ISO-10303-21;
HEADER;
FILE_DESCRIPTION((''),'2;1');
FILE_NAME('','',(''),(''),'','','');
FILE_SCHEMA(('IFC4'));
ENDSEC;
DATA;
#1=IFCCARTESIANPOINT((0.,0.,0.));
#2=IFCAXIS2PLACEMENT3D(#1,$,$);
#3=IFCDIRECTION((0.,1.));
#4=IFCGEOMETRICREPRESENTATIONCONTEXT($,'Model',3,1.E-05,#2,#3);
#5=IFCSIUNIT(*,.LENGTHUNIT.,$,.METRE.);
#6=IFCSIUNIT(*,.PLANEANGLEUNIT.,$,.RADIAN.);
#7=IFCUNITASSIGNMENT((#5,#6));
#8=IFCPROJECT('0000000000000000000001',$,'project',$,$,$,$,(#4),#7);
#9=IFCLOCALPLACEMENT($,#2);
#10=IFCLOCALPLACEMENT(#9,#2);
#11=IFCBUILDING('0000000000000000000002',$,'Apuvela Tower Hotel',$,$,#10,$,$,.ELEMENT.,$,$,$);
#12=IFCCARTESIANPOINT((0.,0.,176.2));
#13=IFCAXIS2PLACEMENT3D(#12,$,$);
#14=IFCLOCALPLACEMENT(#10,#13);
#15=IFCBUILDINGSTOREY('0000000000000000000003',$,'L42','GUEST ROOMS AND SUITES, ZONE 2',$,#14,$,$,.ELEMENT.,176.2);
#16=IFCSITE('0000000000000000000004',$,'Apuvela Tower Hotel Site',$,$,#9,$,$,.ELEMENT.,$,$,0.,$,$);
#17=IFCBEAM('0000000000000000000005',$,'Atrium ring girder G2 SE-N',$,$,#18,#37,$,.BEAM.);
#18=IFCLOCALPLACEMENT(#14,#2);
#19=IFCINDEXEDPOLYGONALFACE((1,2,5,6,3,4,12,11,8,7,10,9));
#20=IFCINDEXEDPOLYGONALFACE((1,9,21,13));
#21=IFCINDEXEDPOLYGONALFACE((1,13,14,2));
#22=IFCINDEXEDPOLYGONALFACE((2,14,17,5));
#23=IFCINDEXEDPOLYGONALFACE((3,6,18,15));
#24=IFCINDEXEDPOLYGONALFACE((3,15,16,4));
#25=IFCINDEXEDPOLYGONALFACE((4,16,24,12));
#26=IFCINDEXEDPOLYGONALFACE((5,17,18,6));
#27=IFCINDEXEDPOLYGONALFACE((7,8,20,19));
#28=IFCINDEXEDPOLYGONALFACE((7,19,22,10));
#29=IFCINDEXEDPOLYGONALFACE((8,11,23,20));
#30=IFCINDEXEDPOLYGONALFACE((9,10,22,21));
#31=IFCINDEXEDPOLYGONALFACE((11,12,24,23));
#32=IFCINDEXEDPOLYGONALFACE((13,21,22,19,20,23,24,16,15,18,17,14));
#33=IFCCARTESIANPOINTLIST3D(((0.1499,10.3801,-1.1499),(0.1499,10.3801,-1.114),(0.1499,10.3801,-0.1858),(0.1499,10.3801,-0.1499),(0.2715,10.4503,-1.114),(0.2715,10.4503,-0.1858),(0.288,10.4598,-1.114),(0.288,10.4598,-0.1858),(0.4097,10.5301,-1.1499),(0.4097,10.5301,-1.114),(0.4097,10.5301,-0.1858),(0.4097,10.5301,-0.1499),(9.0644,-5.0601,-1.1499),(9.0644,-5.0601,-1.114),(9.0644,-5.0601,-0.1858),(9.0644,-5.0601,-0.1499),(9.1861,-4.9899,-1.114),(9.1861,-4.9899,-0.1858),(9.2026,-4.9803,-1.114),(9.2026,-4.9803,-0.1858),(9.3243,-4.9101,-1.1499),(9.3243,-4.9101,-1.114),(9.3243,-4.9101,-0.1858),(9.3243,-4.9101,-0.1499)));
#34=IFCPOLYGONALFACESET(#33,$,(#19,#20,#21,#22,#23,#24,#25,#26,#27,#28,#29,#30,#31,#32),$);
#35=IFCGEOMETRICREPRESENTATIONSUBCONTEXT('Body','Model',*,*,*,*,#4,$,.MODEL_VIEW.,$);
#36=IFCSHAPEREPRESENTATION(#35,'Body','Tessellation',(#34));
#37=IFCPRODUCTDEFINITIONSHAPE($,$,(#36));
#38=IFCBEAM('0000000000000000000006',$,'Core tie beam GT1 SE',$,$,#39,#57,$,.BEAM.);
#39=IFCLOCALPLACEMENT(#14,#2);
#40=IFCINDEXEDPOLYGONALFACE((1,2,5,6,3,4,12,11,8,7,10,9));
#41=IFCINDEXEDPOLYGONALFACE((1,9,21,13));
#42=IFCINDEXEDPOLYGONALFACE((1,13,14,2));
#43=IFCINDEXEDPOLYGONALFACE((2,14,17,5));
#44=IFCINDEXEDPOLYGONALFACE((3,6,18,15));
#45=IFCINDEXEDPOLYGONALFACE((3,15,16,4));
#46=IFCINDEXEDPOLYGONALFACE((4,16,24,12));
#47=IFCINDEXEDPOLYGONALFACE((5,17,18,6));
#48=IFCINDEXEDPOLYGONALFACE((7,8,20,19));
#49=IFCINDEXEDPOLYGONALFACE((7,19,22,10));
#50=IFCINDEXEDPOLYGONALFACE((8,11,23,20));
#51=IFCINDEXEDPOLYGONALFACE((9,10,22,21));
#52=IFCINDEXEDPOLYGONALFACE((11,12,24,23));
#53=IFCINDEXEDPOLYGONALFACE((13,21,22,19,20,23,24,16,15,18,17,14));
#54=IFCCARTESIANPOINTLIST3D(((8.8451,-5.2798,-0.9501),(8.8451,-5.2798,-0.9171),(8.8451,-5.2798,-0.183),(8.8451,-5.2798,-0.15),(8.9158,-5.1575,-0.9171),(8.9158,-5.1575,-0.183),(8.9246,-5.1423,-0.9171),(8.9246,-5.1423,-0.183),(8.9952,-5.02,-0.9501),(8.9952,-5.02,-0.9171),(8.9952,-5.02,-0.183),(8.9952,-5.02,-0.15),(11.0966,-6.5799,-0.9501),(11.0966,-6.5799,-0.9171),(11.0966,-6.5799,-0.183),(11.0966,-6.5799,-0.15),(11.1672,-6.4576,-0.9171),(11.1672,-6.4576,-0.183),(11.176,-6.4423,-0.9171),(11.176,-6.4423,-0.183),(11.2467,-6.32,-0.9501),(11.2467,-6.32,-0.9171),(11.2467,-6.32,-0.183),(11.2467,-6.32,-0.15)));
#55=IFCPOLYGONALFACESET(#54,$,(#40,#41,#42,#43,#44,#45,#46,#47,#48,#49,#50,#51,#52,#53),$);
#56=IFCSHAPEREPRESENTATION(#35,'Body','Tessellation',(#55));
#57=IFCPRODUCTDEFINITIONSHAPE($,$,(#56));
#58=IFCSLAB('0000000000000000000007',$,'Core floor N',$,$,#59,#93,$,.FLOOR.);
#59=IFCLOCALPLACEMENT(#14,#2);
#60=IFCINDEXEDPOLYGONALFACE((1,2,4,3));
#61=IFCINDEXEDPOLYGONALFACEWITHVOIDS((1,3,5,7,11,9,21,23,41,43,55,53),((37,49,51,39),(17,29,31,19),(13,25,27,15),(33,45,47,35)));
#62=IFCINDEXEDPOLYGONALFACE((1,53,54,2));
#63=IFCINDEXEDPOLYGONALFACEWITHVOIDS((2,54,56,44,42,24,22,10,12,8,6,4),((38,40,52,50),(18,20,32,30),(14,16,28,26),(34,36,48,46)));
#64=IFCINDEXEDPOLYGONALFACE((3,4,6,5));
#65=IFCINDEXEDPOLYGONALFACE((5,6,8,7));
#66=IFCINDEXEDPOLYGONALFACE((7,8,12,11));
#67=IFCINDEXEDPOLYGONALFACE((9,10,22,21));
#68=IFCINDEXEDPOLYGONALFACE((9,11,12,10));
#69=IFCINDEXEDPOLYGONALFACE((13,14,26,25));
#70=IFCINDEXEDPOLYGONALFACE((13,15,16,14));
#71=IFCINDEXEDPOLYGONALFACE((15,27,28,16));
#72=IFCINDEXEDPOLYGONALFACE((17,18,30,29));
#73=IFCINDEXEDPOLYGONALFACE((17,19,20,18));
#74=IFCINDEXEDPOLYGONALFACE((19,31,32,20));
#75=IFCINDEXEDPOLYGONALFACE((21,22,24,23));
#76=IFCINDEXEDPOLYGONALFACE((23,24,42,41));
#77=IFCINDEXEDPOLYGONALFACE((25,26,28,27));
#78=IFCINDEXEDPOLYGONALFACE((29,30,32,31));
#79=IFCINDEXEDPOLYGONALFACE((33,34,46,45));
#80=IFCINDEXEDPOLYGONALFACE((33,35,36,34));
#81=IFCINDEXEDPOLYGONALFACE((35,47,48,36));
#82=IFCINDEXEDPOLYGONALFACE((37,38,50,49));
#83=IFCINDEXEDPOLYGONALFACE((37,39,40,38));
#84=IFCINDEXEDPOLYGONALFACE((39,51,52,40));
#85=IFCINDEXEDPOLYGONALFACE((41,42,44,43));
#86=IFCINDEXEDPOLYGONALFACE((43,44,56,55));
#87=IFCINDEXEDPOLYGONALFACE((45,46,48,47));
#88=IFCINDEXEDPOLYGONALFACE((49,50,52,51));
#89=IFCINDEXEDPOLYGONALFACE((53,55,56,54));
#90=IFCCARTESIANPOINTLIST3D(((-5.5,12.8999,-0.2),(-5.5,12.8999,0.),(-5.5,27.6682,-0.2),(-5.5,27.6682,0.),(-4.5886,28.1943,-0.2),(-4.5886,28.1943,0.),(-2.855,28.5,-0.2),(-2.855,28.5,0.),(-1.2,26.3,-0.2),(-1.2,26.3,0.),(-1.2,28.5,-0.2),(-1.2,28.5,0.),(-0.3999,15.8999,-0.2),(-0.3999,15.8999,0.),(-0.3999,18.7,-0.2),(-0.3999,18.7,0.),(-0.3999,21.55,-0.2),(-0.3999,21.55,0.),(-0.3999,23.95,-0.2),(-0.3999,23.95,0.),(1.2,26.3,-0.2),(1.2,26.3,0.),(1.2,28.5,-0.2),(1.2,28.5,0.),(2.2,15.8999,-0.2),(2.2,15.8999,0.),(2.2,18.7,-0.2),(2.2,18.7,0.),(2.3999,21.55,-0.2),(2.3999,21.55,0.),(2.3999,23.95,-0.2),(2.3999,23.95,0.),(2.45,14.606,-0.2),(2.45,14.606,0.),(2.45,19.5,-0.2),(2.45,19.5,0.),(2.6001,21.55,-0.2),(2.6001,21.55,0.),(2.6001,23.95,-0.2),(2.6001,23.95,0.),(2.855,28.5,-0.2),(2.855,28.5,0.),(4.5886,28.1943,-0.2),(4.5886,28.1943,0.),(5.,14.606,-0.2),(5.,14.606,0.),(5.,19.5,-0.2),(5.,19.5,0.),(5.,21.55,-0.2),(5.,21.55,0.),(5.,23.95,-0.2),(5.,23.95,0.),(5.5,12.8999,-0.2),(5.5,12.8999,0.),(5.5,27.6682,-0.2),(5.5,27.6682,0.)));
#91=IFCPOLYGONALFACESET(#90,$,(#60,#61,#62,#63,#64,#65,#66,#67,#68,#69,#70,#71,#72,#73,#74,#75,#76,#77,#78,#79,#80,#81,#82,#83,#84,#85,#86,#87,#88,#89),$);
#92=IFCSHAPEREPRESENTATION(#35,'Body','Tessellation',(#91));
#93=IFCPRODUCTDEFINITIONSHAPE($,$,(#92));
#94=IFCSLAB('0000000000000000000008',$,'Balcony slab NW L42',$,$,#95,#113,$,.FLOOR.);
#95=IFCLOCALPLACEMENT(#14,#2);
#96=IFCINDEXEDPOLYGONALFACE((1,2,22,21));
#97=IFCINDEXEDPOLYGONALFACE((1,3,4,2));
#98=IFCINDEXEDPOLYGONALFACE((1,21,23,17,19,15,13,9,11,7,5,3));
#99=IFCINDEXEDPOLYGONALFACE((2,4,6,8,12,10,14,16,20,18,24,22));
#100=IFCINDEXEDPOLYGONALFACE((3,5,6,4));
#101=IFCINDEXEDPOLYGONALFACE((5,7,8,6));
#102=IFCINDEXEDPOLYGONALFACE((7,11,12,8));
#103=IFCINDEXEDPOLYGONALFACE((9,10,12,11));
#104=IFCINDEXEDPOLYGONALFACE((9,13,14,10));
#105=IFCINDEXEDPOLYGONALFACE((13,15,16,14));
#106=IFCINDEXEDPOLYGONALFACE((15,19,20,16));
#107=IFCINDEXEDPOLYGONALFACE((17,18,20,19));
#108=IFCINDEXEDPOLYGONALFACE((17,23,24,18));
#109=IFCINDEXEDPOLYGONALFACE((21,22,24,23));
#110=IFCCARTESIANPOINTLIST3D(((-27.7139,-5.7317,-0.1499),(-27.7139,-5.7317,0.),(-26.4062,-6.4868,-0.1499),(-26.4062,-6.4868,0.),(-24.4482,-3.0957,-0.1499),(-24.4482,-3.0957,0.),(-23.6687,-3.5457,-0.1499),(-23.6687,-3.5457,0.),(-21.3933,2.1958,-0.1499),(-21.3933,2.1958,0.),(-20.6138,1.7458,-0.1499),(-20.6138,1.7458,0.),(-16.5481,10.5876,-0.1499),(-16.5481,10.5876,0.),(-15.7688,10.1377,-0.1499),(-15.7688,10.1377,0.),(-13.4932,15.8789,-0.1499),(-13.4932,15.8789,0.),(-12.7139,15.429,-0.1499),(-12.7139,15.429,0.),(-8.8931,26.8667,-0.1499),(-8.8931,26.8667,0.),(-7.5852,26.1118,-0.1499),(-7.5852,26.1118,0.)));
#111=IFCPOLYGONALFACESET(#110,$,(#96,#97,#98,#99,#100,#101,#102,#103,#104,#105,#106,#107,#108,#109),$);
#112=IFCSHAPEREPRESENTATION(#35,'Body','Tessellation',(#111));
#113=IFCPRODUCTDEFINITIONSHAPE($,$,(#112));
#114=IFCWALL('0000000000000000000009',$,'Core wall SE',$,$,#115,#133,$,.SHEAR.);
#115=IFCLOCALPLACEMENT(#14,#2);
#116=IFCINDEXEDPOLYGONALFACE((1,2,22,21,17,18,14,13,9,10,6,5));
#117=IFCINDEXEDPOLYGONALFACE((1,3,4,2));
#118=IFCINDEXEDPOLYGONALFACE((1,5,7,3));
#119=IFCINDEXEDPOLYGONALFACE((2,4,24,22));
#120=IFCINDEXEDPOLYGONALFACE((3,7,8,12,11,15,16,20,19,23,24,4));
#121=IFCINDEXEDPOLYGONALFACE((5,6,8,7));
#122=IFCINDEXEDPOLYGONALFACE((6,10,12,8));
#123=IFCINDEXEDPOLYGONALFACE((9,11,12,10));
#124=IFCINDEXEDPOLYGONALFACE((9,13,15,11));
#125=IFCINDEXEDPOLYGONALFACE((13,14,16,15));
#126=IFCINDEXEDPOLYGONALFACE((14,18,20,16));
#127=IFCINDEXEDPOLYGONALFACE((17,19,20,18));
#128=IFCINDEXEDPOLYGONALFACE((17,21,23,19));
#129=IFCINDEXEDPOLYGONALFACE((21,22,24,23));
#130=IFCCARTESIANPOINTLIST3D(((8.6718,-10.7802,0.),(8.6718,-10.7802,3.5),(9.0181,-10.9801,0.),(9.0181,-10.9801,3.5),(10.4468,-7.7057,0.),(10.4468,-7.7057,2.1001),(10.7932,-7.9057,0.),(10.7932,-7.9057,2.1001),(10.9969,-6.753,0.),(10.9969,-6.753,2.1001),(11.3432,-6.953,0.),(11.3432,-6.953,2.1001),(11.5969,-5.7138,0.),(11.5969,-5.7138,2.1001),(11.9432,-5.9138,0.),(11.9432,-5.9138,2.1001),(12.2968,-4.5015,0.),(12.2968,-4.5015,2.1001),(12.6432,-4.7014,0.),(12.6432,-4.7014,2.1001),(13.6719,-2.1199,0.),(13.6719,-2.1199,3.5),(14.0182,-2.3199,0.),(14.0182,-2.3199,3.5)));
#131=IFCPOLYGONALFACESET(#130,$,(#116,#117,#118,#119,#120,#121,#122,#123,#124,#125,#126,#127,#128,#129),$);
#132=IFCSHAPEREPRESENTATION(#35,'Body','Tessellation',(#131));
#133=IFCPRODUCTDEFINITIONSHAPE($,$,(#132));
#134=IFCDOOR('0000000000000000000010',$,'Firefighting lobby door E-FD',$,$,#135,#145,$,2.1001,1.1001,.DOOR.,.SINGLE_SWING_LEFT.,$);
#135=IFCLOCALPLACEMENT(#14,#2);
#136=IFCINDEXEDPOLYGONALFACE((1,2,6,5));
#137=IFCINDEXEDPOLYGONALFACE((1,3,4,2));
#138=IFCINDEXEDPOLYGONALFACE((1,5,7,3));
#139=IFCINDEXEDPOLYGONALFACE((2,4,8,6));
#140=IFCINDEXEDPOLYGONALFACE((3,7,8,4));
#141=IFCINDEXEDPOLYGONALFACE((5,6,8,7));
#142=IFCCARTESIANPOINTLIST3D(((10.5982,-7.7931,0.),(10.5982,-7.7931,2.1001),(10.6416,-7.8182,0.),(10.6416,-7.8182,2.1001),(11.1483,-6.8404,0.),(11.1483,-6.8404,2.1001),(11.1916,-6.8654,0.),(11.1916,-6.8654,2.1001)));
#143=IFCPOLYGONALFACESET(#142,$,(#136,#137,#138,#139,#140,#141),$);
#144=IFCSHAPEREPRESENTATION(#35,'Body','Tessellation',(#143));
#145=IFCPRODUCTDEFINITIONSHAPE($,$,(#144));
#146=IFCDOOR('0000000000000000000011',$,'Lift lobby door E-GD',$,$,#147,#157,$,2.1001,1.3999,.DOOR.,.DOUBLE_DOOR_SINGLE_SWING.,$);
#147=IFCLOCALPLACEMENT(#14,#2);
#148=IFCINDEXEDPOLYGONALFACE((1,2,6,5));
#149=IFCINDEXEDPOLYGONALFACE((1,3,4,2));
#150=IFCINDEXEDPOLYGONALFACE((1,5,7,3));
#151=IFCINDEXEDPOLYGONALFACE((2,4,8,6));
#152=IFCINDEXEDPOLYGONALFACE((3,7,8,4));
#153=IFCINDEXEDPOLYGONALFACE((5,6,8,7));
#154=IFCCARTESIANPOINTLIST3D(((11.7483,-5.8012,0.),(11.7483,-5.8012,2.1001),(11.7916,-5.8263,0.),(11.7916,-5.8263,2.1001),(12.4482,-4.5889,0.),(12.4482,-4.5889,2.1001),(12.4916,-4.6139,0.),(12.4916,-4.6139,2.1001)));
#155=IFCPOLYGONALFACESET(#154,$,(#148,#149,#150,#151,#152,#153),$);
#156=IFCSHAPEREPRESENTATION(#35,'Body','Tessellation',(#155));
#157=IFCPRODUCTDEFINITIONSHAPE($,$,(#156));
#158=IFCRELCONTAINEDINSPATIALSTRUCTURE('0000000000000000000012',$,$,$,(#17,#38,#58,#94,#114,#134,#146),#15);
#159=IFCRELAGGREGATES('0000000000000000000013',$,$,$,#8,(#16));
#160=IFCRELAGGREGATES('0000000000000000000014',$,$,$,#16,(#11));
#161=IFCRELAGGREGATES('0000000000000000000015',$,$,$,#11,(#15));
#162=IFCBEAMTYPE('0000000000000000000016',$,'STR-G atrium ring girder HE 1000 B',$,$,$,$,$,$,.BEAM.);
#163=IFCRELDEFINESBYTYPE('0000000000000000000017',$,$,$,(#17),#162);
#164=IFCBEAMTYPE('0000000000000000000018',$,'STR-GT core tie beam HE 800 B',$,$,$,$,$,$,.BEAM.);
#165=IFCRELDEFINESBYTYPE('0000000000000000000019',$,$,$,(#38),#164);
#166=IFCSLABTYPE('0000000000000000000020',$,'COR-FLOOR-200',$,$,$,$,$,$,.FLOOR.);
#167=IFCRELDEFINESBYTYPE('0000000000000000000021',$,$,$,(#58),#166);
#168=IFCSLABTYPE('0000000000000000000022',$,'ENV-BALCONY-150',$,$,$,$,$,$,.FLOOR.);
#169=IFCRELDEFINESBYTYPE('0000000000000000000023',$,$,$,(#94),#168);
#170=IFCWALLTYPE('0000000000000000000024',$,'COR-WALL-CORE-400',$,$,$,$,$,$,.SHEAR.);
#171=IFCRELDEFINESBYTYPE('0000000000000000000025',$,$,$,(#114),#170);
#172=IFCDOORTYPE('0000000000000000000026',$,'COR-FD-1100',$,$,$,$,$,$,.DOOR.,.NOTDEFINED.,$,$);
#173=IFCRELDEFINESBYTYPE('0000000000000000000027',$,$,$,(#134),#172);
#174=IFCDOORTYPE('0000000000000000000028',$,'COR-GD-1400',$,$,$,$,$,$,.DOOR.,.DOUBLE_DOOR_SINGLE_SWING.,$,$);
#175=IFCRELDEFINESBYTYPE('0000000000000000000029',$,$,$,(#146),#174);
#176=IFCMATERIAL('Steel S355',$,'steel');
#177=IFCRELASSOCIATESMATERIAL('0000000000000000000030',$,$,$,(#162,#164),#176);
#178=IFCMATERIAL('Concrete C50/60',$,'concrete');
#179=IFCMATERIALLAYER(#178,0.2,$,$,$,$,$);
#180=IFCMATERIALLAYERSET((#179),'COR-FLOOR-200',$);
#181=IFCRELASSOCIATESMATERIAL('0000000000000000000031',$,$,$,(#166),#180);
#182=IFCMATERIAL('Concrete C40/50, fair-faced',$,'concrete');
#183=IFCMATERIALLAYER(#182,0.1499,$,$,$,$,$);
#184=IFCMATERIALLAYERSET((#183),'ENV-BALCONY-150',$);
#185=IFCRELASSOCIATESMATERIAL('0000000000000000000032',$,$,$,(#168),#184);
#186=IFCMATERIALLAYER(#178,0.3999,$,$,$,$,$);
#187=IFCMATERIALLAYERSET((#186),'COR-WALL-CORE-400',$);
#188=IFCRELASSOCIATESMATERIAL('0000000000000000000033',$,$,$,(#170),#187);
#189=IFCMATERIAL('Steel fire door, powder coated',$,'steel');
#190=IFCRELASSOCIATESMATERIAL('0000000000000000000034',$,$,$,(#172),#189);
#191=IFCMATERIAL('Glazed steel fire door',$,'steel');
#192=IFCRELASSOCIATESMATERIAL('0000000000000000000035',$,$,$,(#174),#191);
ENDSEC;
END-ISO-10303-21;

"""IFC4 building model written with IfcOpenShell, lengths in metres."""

from ifc_helpers import new_model, si_unit, direction, frame, frame_2d, origin, origin_2d, place, context, subcontext, project, spatial, polyline, rectangle, i_section, outline, extrude, material, layer, layer_set, material_profile, profile_set, type_object, element, fill, save


model = new_model("IFC4")

# Units and contexts
model_context = context("Model", 3, precision=1e-05, world=origin(), true_north=direction((0.0, 1.0)))
body_context = subcontext(model_context, "Body", "Model", "MODEL_VIEW")
ifc_project = project(units=[si_unit("LENGTHUNIT", "METRE"), si_unit("PLANEANGLEUNIT", "RADIAN")], contexts=[model_context])

# Site, building, storey
site_placement = place(None, origin())
site = spatial("IfcSite", under=ifc_project, at=site_placement, Name="Apuvela Tower Hotel Site", CompositionType="ELEMENT", RefElevation=0.0)
building_placement = place(site_placement, origin())
building = spatial("IfcBuilding", under=site, at=building_placement, Name="Apuvela Tower Hotel", CompositionType="ELEMENT")
storey_placement = place(building_placement, frame((0.0, 0.0, 176.2)))
storey = spatial("IfcBuildingStorey", under=building, at=storey_placement, Name="L42", Description="GUEST ROOMS AND SUITES, ZONE 2", CompositionType="ELEMENT", Elevation=176.2)

# Beams
ifc_material_1 = material(Name="Steel S355", Category="steel")
ifc_material_profile_1 = material_profile(ifc_material_1, i_section(OverallWidth=0.3, OverallDepth=1.0, WebThickness=0.019, FlangeThickness=0.0359, at=origin_2d()), Name="HE 1000 B")
ifc_profile_set_1 = profile_set([ifc_material_profile_1], Name="Steel S355")
beam_type_1 = type_object("IfcBeamType", Name="STR-G atrium ring girder HE 1000 B", PredefinedType="BEAM", material=ifc_profile_set_1)
beam_1_placement = place(storey_placement, frame((9.1943, -4.9851, -0.6499), z_axis=(-0.500007, 0.866022, 0.0), x_axis=(-0.866022, -0.500007, 0.0)))
element("IfcBeam", 1, at=beam_1_placement, inside=storey, type_object=beam_type_1, Name="Atrium ring girder G2 SE-N", PredefinedType="BEAM", context=body_context, shape_type="SweptSolid", body=[
    extrude(i_section(OverallWidth=0.3, OverallDepth=1.0, WebThickness=0.019, FlangeThickness=0.0359, at=origin_2d()), origin(), (0.0, 0.0, 1.0), 17.8289),
])
ifc_material_profile_2 = material_profile(ifc_material_1, i_section(OverallWidth=0.3, OverallDepth=0.8, WebThickness=0.0176, FlangeThickness=0.033, at=origin_2d()), Name="HE 800 B")
ifc_profile_set_2 = profile_set([ifc_material_profile_2], Name="Steel S355")
beam_type_2 = type_object("IfcBeamType", Name="STR-GT core tie beam HE 800 B", PredefinedType="BEAM", material=ifc_profile_set_2)
beam_2_placement = place(storey_placement, frame((11.1716, -6.45, -0.55), z_axis=(-0.865998, 0.500048, 0.0), x_axis=(-0.500048, -0.865998, 0.0)))
element("IfcBeam", 2, at=beam_2_placement, inside=storey, type_object=beam_type_2, Name="Core tie beam GT1 SE", PredefinedType="BEAM", context=body_context, shape_type="SweptSolid", body=[
    extrude(i_section(OverallWidth=0.3, OverallDepth=0.8, WebThickness=0.0176, FlangeThickness=0.033, at=origin_2d()), origin(), (0.0, 0.0, 1.0), 2.5999),
])

# Slabs
ifc_material_2 = material(Name="Concrete C50/60", Category="concrete")
ifc_layer_1 = layer(ifc_material_2, 0.2)
ifc_layer_set_1 = layer_set([ifc_layer_1], Name="COR-FLOOR-200")
slab_type_1 = type_object("IfcSlabType", Name="COR-FLOOR-200", PredefinedType="FLOOR", material=ifc_layer_set_1)
slab_1_placement = place(storey_placement, frame((0.0, 0.0, -0.2)))
element("IfcSlab", 3, at=slab_1_placement, inside=storey, type_object=slab_type_1, Name="Core floor N", PredefinedType="FLOOR", context=body_context, shape_type="SweptSolid", body=[
    extrude(outline(polyline([(5.5, 27.6682), (4.5886, 28.1943), (2.855, 28.5), (1.2, 28.5), (1.2, 26.3), (-1.2, 26.3), (-1.2, 28.5), (-2.855, 28.5), (-4.5886, 28.1943), (-5.5, 27.6682), (-5.5, 12.8999), (5.5, 12.8999), (5.5, 27.6682)]), holes=[polyline([(5.0, 14.606), (2.45, 14.606), (2.45, 19.5), (5.0, 19.5), (5.0, 14.606)]), polyline([(2.2, 15.8999), (-0.3999, 15.8999), (-0.3999, 18.7), (2.2, 18.7), (2.2, 15.8999)]), polyline([(5.0, 21.55), (2.6001, 21.55), (2.6001, 23.95), (5.0, 23.95), (5.0, 21.55)]), polyline([(2.3999, 21.55), (-0.3999, 21.55), (-0.3999, 23.95), (2.3999, 23.95), (2.3999, 21.55)])]), origin(), (0.0, 0.0, 1.0), 0.2),
])
ifc_material_3 = material(Name="Concrete C40/50, fair-faced", Category="concrete")
ifc_layer_2 = layer(ifc_material_3, 0.1499)
ifc_layer_set_2 = layer_set([ifc_layer_2], Name="ENV-BALCONY-150")
slab_type_2 = type_object("IfcSlabType", Name="ENV-BALCONY-150", PredefinedType="FLOOR", material=ifc_layer_set_2)
slab_2_placement = place(storey_placement, frame((0.0, 0.0, -0.1499)))
element("IfcSlab", 4, at=slab_2_placement, inside=storey, type_object=slab_type_2, Name="Balcony slab NW L42", PredefinedType="FLOOR", context=body_context, shape_type="SweptSolid", body=[
    extrude(outline(polyline([(-27.7139, -5.7317), (-8.8931, 26.8667), (-7.5852, 26.1118), (-13.4932, 15.8789), (-12.7139, 15.429), (-15.7688, 10.1377), (-16.5481, 10.5876), (-21.3933, 2.1958), (-20.6138, 1.7458), (-23.6687, -3.5457), (-24.4482, -3.0957), (-26.4062, -6.4868), (-27.7139, -5.7317)])), origin(), (0.0, 0.0, 1.0), 0.1499),
])

# Wall, openings, doors
ifc_layer_3 = layer(ifc_material_2, 0.3999)
ifc_layer_set_3 = layer_set([ifc_layer_3], Name="COR-WALL-CORE-400")
wall_type_1 = type_object("IfcWallType", Name="COR-WALL-CORE-400", PredefinedType="SHEAR", material=ifc_layer_set_3)
wall_1_placement = place(storey_placement, frame((8.845, -10.8801, 0.0), z_axis=(0.0, 0.0, 1.0), x_axis=(0.500004, 0.866023, 0.0)))
wall_1 = element("IfcWall", 5, at=wall_1_placement, inside=storey, type_object=wall_type_1, Name="Core wall SE", PredefinedType="SHEAR", context=body_context, shape_type="SweptSolid", body=[
    extrude(rectangle(XDim=10.0, YDim=0.3999, at=frame_2d((5.0, 0.0))), origin(), (0.0, 0.0, 1.0), 3.5),
])
opening_1_placement = place(wall_1_placement, frame((3.55, 0.0, 0.0)))
opening_1 = element("IfcOpeningElement", 6, at=opening_1_placement, cuts=wall_1, PredefinedType="OPENING", context=body_context, shape_type="SweptSolid", body=[
    extrude(rectangle(XDim=1.1001, YDim=2.1001, at=frame_2d((0.55, 1.05))), frame((0.0, 0.21, 0.0), z_axis=(0.0, -1.0, 0.0), x_axis=(1.0, 0.0, 0.0)), (0.0, 0.0, 1.0), 0.4199),
])
opening_2_placement = place(wall_1_placement, frame((5.8501, 0.0, 0.0)))
opening_2 = element("IfcOpeningElement", 7, at=opening_2_placement, cuts=wall_1, PredefinedType="OPENING", context=body_context, shape_type="SweptSolid", body=[
    extrude(rectangle(XDim=1.3999, YDim=2.1001, at=frame_2d((0.7, 1.05))), frame((0.0, 0.21, 0.0), z_axis=(0.0, -1.0, 0.0), x_axis=(1.0, 0.0, 0.0)), (0.0, 0.0, 1.0), 0.4199),
])
ifc_material_4 = material(Name="Steel fire door, powder coated", Category="steel")
door_type_1 = type_object("IfcDoorType", Name="COR-FD-1100", OperationType="NOTDEFINED", PredefinedType="DOOR", material=ifc_material_4)
door_1_placement = place(opening_1_placement, frame((1.1001, 0.0, 0.0), z_axis=(0.0, 0.0, 1.0), x_axis=(-1.0, 0.0, 0.0)))
door_1 = element("IfcDoor", 8, at=door_1_placement, inside=storey, type_object=door_type_1, Name="Firefighting lobby door E-FD", OperationType="SINGLE_SWING_LEFT", OverallHeight=2.1001, OverallWidth=1.1001, PredefinedType="DOOR", context=body_context, shape_type="SweptSolid", body=[
    extrude(rectangle(XDim=1.1001, YDim=2.1001, at=frame_2d((0.55, 1.05))), frame((0.0, 0.0249, 0.0), z_axis=(0.0, -1.0, 0.0), x_axis=(1.0, 0.0, 0.0)), (0.0, 0.0, 1.0), 0.05),
])
fill(opening_1, door_1)
ifc_material_5 = material(Name="Glazed steel fire door", Category="steel")
door_type_2 = type_object("IfcDoorType", Name="COR-GD-1400", OperationType="DOUBLE_DOOR_SINGLE_SWING", PredefinedType="DOOR", material=ifc_material_5)
door_2_placement = place(opening_2_placement, frame((1.3999, 0.0, 0.0), z_axis=(0.0, 0.0, 1.0), x_axis=(-1.0, 0.0, 0.0)))
door_2 = element("IfcDoor", 9, at=door_2_placement, inside=storey, type_object=door_type_2, Name="Lift lobby door E-GD", OperationType="DOUBLE_DOOR_SINGLE_SWING", OverallHeight=2.1001, OverallWidth=1.3999, PredefinedType="DOOR", context=body_context, shape_type="SweptSolid", body=[
    extrude(rectangle(XDim=1.3999, YDim=2.1001, at=frame_2d((0.7, 1.05))), frame((0.0, 0.0249, 0.0), z_axis=(0.0, -1.0, 0.0), x_axis=(1.0, 0.0, 0.0)), (0.0, 0.0, 1.0), 0.05),
])
fill(opening_2, door_2)

save(model, "model.ifc")
